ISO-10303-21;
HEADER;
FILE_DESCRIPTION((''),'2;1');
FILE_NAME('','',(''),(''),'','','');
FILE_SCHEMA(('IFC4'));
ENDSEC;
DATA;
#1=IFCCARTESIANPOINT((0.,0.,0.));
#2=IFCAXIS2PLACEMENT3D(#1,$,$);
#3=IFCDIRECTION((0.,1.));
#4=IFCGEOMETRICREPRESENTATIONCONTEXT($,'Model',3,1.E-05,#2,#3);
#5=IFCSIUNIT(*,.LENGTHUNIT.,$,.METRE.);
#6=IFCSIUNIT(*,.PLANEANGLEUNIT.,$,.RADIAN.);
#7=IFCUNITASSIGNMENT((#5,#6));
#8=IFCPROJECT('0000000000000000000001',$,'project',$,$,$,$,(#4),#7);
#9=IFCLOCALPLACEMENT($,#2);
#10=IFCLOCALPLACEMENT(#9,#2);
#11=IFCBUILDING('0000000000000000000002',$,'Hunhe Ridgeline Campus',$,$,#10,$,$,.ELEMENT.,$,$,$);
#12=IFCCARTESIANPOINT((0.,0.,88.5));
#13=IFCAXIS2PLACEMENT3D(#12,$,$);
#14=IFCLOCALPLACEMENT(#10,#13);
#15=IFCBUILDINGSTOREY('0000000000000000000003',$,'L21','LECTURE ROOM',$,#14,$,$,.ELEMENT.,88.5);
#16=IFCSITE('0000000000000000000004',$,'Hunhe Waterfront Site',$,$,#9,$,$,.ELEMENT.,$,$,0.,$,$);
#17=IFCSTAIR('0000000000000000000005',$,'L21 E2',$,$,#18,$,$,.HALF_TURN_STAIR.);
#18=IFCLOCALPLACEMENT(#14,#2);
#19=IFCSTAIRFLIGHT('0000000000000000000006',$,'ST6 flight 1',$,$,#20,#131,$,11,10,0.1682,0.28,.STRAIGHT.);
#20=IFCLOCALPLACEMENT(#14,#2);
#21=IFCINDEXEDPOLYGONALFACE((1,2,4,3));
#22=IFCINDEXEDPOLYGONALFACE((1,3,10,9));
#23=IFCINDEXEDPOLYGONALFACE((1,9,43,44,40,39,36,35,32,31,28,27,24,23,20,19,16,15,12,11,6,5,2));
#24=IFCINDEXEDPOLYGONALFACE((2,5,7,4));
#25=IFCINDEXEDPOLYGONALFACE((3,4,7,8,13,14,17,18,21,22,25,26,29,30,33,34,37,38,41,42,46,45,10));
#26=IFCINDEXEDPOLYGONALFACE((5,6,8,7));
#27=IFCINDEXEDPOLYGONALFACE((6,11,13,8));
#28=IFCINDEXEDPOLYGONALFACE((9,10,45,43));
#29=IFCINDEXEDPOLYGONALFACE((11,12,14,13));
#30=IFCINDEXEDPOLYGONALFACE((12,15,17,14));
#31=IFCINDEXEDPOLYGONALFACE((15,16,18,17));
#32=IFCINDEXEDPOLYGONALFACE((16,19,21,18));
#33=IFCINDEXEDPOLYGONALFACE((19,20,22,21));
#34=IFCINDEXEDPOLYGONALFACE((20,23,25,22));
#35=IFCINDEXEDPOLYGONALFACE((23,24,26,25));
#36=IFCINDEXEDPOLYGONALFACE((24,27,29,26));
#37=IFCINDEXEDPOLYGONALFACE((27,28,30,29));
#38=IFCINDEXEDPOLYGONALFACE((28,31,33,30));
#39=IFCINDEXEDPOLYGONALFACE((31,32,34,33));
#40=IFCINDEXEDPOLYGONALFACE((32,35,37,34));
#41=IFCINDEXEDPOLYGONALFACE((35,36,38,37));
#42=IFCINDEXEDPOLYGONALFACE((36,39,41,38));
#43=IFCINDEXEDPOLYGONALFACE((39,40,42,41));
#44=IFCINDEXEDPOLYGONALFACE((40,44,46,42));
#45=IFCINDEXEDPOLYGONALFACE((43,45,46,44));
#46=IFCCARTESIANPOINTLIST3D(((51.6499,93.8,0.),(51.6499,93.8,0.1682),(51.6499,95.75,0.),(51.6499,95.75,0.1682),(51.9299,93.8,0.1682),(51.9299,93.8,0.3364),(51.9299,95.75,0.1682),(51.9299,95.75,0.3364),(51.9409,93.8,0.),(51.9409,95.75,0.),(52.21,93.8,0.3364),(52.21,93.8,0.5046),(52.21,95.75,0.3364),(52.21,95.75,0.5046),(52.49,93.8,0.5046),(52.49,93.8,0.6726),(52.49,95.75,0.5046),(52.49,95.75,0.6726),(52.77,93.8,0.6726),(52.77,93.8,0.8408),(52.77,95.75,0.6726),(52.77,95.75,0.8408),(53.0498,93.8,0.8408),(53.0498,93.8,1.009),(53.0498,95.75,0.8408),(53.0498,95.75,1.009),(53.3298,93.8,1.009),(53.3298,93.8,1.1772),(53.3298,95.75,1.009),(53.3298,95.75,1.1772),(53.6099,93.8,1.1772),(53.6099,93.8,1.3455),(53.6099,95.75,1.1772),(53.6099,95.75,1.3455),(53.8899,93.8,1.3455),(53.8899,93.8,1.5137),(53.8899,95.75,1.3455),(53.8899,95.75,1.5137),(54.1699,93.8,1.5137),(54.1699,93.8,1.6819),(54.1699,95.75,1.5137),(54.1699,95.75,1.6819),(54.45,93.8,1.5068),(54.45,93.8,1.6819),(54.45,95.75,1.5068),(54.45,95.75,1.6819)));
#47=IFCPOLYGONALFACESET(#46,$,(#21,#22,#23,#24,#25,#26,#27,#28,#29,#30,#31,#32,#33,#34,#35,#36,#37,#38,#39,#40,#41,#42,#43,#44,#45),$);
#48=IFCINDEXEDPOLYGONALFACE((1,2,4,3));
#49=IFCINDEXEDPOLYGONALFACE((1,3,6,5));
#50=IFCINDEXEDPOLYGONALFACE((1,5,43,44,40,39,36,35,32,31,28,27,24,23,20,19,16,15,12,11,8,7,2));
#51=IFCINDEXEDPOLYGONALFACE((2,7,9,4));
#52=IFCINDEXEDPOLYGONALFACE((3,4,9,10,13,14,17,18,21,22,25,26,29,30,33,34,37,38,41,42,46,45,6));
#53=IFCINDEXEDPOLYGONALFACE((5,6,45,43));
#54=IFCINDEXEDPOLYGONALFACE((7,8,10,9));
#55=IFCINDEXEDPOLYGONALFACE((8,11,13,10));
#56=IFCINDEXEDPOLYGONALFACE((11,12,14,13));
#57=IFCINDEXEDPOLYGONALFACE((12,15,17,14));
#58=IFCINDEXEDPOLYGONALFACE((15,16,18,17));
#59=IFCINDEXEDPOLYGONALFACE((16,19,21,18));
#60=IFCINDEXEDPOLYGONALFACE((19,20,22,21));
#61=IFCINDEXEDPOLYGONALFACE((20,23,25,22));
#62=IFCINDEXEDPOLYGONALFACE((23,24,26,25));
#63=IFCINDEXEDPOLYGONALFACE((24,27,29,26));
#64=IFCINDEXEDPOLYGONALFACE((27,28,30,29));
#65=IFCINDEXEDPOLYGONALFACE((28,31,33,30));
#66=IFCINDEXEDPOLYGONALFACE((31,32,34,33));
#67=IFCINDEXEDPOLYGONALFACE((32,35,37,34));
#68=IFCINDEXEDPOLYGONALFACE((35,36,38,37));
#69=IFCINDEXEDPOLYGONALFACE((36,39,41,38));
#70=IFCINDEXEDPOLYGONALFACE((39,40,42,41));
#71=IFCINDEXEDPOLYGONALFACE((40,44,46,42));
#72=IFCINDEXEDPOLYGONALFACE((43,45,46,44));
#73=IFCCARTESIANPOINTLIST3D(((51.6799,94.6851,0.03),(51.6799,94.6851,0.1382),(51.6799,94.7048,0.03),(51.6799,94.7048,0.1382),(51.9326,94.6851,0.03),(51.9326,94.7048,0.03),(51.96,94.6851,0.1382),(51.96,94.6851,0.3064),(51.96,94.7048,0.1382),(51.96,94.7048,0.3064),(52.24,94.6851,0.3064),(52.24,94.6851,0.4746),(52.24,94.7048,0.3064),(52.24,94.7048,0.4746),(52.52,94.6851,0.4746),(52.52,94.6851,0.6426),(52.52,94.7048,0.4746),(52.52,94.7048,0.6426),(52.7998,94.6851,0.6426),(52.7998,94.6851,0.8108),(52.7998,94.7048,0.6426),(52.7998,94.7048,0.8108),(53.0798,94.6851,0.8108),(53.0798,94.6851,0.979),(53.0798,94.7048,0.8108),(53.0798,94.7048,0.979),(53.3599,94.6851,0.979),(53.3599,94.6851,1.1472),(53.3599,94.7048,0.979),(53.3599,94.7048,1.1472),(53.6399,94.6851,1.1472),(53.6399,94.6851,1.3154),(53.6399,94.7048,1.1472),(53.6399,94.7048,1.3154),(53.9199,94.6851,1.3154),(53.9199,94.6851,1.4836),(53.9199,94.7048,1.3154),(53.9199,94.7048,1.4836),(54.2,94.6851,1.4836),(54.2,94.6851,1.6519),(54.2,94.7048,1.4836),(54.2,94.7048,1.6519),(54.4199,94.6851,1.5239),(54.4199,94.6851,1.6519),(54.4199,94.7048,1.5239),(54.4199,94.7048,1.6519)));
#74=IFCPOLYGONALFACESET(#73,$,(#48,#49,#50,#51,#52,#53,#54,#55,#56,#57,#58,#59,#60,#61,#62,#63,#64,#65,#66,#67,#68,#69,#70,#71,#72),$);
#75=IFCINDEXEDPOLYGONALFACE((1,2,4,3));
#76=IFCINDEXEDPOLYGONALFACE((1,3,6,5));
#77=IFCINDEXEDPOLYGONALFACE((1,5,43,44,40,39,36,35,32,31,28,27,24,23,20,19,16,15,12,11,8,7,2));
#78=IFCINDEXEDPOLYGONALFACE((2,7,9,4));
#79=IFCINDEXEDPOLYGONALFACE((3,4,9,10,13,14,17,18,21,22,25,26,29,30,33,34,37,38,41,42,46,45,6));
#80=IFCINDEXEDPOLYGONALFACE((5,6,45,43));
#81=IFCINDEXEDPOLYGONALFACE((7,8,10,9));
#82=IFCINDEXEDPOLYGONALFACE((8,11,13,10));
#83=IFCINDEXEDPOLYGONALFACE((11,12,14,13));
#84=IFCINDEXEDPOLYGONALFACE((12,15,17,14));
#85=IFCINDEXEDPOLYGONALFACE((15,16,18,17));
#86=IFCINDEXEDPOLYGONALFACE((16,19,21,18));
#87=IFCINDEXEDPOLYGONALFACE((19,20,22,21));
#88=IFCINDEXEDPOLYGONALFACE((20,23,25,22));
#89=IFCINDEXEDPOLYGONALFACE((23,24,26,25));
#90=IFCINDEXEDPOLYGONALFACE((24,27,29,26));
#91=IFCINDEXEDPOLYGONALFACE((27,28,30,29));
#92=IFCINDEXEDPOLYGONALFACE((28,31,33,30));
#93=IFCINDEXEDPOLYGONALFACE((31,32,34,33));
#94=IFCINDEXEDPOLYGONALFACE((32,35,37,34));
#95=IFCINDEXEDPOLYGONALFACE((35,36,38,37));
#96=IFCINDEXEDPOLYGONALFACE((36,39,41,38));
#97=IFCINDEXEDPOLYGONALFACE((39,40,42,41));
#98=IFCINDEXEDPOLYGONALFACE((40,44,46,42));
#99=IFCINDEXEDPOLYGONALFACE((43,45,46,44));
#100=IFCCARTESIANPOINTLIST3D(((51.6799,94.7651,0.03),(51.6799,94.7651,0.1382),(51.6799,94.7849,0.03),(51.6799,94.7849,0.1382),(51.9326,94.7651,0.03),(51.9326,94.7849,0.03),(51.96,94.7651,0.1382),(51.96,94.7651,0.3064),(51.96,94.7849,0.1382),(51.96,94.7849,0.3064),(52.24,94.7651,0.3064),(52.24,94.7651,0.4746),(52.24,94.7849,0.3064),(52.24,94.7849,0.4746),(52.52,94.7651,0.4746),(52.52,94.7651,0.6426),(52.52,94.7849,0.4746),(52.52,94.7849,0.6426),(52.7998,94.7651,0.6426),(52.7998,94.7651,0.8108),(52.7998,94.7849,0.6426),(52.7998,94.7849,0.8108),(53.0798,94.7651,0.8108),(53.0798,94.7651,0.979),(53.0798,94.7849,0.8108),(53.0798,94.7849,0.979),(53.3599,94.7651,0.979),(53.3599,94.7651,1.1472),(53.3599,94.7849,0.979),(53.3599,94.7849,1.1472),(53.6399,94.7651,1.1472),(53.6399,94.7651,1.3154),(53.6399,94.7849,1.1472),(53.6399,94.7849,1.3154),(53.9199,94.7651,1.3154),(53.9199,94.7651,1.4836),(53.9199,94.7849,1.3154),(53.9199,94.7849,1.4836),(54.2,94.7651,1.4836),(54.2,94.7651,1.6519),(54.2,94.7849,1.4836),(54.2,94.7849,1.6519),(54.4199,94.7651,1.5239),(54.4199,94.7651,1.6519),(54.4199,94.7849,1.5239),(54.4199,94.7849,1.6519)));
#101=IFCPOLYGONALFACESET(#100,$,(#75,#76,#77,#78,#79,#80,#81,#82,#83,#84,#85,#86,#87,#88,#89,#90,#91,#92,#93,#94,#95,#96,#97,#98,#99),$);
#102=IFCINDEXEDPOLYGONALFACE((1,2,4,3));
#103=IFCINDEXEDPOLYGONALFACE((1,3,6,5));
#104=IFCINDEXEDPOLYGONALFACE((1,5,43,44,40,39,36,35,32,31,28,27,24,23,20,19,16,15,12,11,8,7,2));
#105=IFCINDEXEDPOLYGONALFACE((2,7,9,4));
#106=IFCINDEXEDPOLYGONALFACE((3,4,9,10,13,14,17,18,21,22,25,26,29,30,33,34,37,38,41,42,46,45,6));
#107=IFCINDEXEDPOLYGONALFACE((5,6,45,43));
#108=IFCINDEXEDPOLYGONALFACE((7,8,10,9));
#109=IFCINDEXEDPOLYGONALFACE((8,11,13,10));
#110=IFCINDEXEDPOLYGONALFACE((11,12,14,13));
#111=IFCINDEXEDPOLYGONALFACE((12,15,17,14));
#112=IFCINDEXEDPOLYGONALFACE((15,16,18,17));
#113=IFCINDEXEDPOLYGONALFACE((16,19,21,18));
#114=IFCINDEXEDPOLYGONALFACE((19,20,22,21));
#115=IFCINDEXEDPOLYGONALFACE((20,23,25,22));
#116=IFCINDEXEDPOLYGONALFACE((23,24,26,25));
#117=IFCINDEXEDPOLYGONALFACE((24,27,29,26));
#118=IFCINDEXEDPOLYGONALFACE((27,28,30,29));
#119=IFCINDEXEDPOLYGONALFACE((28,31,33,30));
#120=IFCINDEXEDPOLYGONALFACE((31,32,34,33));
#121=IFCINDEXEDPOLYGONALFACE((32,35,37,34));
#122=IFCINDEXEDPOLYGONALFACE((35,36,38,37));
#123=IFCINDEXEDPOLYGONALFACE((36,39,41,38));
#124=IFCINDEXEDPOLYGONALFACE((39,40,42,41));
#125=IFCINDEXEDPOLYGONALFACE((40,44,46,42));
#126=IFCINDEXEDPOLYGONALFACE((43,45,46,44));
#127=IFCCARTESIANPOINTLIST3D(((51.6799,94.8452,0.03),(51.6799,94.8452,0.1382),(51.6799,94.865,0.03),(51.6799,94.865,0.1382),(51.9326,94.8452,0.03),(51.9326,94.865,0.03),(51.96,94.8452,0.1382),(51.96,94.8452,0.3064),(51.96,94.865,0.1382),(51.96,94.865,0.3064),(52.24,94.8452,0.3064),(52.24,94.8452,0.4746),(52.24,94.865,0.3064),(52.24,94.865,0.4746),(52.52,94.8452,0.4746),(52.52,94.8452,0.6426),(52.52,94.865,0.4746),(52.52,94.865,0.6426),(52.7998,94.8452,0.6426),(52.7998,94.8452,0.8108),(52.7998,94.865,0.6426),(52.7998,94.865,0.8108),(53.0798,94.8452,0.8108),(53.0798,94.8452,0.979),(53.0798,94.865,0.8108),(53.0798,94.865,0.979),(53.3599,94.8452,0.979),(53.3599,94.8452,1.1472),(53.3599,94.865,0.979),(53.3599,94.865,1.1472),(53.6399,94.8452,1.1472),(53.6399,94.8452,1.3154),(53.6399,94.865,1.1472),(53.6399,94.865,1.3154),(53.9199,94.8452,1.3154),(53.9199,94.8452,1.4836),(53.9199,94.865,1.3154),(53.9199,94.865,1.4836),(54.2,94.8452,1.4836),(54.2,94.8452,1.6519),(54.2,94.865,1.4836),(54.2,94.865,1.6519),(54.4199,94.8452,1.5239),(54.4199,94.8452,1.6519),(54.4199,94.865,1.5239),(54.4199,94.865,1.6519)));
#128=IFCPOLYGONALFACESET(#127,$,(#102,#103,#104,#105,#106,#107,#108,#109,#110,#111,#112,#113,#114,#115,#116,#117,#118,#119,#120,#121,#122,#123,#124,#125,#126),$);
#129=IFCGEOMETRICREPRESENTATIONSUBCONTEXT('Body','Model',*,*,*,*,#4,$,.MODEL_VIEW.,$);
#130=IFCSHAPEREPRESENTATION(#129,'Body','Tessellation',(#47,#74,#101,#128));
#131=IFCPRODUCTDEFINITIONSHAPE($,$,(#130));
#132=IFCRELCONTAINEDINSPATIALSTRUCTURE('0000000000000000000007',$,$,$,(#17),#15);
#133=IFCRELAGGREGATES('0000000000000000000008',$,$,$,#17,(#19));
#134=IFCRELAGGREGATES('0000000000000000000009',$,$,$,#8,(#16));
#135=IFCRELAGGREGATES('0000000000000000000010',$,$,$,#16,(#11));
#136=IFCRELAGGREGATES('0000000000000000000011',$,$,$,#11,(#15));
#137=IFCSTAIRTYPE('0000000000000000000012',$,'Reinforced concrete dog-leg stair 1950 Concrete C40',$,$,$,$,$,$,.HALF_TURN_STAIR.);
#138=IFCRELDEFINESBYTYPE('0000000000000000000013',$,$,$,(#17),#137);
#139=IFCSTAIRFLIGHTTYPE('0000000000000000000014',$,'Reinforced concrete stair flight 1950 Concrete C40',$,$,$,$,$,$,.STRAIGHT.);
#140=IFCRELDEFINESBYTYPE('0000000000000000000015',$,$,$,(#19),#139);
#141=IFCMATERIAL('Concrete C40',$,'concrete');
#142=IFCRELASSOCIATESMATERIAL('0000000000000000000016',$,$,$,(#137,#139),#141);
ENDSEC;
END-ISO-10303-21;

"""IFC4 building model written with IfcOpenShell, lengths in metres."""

from ifc_helpers import new_model, si_unit, direction, frame, origin, place, context, subcontext, project, spatial, polyline, outline, extrude, material, type_object, element, aggregate, save


model = new_model("IFC4")

# Units and contexts
model_context = context("Model", 3, precision=1e-05, world=origin(), true_north=direction((0.0, 1.0)))
body_context = subcontext(model_context, "Body", "Model", "MODEL_VIEW")
ifc_project = project(units=[si_unit("LENGTHUNIT", "METRE"), si_unit("PLANEANGLEUNIT", "RADIAN")], contexts=[model_context])

# Site, building, storey
site_placement = place(None, origin())
site = spatial("IfcSite", under=ifc_project, at=site_placement, Name="Hunhe Waterfront Site", CompositionType="ELEMENT", RefElevation=0.0)
building_placement = place(site_placement, origin())
building = spatial("IfcBuilding", under=site, at=building_placement, Name="Hunhe Ridgeline Campus", CompositionType="ELEMENT")
storey_placement = place(building_placement, frame((0.0, 0.0, 88.5)))
storey = spatial("IfcBuildingStorey", under=building, at=storey_placement, Name="L21", Description="LECTURE ROOM", CompositionType="ELEMENT", Elevation=88.5)

# Stair, stair flight
ifc_material_1 = material(Name="Concrete C40", Category="concrete")
stair_type = type_object("IfcStairType", Name="Reinforced concrete dog-leg stair 1950 Concrete C40", PredefinedType="HALF_TURN_STAIR", material=ifc_material_1)
stair_1_placement = place(storey_placement, origin())
stair_1 = element("IfcStair", 1, at=stair_1_placement, inside=storey, type_object=stair_type, Name="L21 E2", PredefinedType="HALF_TURN_STAIR")
stair_flight_type = type_object("IfcStairFlightType", Name="Reinforced concrete stair flight 1950 Concrete C40", PredefinedType="STRAIGHT", material=ifc_material_1)
stair_flight_1_placement = place(storey_placement, frame((51.6499, 94.7749, 0.0), z_axis=(0.0, 0.0, 1.0), x_axis=(1.0, 0.0, 0.0)))
stair_flight_1 = element("IfcStairFlight", 2, at=stair_flight_1_placement, type_object=stair_flight_type, Name="ST6 flight 1", NumberOfRisers=11, NumberOfTreads=10, PredefinedType="STRAIGHT", RiserHeight=0.1682, TreadLength=0.28, context=body_context, shape_type="SweptSolid", body=[
    extrude(outline(polyline([(0.0, 0.0), (0.0, 0.1682), (0.28, 0.1682), (0.28, 0.3364), (0.5601, 0.3364), (0.5601, 0.5046), (0.8401, 0.5046), (0.8401, 0.6726), (1.1201, 0.6726), (1.1201, 0.8408), (1.3999, 0.8408), (1.3999, 1.009), (1.6799, 1.009), (1.6799, 1.1772), (1.96, 1.1772), (1.96, 1.3455), (2.24, 1.3455), (2.24, 1.5137), (2.52, 1.5137), (2.52, 1.6819), (2.8, 1.6819), (2.8, 1.8501), (2.8, 1.5068), (0.291, 0.0), (0.0, 0.0)])), frame((0.0, 0.9751, 0.0), z_axis=(0.0, -1.0, 0.0), x_axis=(1.0, 0.0, 0.0)), (0.0, 0.0, 1.0), 1.95),
    extrude(outline(polyline([(0.03, 0.03), (0.03, 0.1382), (0.3101, 0.1382), (0.3101, 0.3064), (0.5901, 0.3064), (0.5901, 0.4746), (0.8701, 0.4746), (0.8701, 0.6426), (1.1499, 0.6426), (1.1499, 0.8108), (1.4299, 0.8108), (1.4299, 0.979), (1.71, 0.979), (1.71, 1.1472), (1.99, 1.1472), (1.99, 1.3154), (2.27, 1.3154), (2.27, 1.4836), (2.55, 1.4836), (2.55, 1.6519), (2.77, 1.6519), (2.77, 1.5239), (0.2827, 0.03), (0.03, 0.03)])), frame((0.0, -0.0701, 0.0), z_axis=(0.0, -1.0, 0.0), x_axis=(1.0, 0.0, 0.0)), (0.0, 0.0, 1.0), 0.0198),
    extrude(outline(polyline([(0.03, 0.03), (0.03, 0.1382), (0.3101, 0.1382), (0.3101, 0.3064), (0.5901, 0.3064), (0.5901, 0.4746), (0.8701, 0.4746), (0.8701, 0.6426), (1.1499, 0.6426), (1.1499, 0.8108), (1.4299, 0.8108), (1.4299, 0.979), (1.71, 0.979), (1.71, 1.1472), (1.99, 1.1472), (1.99, 1.3154), (2.27, 1.3154), (2.27, 1.4836), (2.55, 1.4836), (2.55, 1.6519), (2.77, 1.6519), (2.77, 1.5239), (0.2827, 0.03), (0.03, 0.03)])), frame((0.0, 0.01, 0.0), z_axis=(0.0, -1.0, 0.0), x_axis=(1.0, 0.0, 0.0)), (0.0, 0.0, 1.0), 0.0198),
    extrude(outline(polyline([(0.03, 0.03), (0.03, 0.1382), (0.3101, 0.1382), (0.3101, 0.3064), (0.5901, 0.3064), (0.5901, 0.4746), (0.8701, 0.4746), (0.8701, 0.6426), (1.1499, 0.6426), (1.1499, 0.8108), (1.4299, 0.8108), (1.4299, 0.979), (1.71, 0.979), (1.71, 1.1472), (1.99, 1.1472), (1.99, 1.3154), (2.27, 1.3154), (2.27, 1.4836), (2.55, 1.4836), (2.55, 1.6519), (2.77, 1.6519), (2.77, 1.5239), (0.2827, 0.03), (0.03, 0.03)])), frame((0.0, 0.0901, 0.0), z_axis=(0.0, -1.0, 0.0), x_axis=(1.0, 0.0, 0.0)), (0.0, 0.0, 1.0), 0.0198),
])
aggregate(stair_1, [stair_flight_1])

save(model, "model.ifc")
